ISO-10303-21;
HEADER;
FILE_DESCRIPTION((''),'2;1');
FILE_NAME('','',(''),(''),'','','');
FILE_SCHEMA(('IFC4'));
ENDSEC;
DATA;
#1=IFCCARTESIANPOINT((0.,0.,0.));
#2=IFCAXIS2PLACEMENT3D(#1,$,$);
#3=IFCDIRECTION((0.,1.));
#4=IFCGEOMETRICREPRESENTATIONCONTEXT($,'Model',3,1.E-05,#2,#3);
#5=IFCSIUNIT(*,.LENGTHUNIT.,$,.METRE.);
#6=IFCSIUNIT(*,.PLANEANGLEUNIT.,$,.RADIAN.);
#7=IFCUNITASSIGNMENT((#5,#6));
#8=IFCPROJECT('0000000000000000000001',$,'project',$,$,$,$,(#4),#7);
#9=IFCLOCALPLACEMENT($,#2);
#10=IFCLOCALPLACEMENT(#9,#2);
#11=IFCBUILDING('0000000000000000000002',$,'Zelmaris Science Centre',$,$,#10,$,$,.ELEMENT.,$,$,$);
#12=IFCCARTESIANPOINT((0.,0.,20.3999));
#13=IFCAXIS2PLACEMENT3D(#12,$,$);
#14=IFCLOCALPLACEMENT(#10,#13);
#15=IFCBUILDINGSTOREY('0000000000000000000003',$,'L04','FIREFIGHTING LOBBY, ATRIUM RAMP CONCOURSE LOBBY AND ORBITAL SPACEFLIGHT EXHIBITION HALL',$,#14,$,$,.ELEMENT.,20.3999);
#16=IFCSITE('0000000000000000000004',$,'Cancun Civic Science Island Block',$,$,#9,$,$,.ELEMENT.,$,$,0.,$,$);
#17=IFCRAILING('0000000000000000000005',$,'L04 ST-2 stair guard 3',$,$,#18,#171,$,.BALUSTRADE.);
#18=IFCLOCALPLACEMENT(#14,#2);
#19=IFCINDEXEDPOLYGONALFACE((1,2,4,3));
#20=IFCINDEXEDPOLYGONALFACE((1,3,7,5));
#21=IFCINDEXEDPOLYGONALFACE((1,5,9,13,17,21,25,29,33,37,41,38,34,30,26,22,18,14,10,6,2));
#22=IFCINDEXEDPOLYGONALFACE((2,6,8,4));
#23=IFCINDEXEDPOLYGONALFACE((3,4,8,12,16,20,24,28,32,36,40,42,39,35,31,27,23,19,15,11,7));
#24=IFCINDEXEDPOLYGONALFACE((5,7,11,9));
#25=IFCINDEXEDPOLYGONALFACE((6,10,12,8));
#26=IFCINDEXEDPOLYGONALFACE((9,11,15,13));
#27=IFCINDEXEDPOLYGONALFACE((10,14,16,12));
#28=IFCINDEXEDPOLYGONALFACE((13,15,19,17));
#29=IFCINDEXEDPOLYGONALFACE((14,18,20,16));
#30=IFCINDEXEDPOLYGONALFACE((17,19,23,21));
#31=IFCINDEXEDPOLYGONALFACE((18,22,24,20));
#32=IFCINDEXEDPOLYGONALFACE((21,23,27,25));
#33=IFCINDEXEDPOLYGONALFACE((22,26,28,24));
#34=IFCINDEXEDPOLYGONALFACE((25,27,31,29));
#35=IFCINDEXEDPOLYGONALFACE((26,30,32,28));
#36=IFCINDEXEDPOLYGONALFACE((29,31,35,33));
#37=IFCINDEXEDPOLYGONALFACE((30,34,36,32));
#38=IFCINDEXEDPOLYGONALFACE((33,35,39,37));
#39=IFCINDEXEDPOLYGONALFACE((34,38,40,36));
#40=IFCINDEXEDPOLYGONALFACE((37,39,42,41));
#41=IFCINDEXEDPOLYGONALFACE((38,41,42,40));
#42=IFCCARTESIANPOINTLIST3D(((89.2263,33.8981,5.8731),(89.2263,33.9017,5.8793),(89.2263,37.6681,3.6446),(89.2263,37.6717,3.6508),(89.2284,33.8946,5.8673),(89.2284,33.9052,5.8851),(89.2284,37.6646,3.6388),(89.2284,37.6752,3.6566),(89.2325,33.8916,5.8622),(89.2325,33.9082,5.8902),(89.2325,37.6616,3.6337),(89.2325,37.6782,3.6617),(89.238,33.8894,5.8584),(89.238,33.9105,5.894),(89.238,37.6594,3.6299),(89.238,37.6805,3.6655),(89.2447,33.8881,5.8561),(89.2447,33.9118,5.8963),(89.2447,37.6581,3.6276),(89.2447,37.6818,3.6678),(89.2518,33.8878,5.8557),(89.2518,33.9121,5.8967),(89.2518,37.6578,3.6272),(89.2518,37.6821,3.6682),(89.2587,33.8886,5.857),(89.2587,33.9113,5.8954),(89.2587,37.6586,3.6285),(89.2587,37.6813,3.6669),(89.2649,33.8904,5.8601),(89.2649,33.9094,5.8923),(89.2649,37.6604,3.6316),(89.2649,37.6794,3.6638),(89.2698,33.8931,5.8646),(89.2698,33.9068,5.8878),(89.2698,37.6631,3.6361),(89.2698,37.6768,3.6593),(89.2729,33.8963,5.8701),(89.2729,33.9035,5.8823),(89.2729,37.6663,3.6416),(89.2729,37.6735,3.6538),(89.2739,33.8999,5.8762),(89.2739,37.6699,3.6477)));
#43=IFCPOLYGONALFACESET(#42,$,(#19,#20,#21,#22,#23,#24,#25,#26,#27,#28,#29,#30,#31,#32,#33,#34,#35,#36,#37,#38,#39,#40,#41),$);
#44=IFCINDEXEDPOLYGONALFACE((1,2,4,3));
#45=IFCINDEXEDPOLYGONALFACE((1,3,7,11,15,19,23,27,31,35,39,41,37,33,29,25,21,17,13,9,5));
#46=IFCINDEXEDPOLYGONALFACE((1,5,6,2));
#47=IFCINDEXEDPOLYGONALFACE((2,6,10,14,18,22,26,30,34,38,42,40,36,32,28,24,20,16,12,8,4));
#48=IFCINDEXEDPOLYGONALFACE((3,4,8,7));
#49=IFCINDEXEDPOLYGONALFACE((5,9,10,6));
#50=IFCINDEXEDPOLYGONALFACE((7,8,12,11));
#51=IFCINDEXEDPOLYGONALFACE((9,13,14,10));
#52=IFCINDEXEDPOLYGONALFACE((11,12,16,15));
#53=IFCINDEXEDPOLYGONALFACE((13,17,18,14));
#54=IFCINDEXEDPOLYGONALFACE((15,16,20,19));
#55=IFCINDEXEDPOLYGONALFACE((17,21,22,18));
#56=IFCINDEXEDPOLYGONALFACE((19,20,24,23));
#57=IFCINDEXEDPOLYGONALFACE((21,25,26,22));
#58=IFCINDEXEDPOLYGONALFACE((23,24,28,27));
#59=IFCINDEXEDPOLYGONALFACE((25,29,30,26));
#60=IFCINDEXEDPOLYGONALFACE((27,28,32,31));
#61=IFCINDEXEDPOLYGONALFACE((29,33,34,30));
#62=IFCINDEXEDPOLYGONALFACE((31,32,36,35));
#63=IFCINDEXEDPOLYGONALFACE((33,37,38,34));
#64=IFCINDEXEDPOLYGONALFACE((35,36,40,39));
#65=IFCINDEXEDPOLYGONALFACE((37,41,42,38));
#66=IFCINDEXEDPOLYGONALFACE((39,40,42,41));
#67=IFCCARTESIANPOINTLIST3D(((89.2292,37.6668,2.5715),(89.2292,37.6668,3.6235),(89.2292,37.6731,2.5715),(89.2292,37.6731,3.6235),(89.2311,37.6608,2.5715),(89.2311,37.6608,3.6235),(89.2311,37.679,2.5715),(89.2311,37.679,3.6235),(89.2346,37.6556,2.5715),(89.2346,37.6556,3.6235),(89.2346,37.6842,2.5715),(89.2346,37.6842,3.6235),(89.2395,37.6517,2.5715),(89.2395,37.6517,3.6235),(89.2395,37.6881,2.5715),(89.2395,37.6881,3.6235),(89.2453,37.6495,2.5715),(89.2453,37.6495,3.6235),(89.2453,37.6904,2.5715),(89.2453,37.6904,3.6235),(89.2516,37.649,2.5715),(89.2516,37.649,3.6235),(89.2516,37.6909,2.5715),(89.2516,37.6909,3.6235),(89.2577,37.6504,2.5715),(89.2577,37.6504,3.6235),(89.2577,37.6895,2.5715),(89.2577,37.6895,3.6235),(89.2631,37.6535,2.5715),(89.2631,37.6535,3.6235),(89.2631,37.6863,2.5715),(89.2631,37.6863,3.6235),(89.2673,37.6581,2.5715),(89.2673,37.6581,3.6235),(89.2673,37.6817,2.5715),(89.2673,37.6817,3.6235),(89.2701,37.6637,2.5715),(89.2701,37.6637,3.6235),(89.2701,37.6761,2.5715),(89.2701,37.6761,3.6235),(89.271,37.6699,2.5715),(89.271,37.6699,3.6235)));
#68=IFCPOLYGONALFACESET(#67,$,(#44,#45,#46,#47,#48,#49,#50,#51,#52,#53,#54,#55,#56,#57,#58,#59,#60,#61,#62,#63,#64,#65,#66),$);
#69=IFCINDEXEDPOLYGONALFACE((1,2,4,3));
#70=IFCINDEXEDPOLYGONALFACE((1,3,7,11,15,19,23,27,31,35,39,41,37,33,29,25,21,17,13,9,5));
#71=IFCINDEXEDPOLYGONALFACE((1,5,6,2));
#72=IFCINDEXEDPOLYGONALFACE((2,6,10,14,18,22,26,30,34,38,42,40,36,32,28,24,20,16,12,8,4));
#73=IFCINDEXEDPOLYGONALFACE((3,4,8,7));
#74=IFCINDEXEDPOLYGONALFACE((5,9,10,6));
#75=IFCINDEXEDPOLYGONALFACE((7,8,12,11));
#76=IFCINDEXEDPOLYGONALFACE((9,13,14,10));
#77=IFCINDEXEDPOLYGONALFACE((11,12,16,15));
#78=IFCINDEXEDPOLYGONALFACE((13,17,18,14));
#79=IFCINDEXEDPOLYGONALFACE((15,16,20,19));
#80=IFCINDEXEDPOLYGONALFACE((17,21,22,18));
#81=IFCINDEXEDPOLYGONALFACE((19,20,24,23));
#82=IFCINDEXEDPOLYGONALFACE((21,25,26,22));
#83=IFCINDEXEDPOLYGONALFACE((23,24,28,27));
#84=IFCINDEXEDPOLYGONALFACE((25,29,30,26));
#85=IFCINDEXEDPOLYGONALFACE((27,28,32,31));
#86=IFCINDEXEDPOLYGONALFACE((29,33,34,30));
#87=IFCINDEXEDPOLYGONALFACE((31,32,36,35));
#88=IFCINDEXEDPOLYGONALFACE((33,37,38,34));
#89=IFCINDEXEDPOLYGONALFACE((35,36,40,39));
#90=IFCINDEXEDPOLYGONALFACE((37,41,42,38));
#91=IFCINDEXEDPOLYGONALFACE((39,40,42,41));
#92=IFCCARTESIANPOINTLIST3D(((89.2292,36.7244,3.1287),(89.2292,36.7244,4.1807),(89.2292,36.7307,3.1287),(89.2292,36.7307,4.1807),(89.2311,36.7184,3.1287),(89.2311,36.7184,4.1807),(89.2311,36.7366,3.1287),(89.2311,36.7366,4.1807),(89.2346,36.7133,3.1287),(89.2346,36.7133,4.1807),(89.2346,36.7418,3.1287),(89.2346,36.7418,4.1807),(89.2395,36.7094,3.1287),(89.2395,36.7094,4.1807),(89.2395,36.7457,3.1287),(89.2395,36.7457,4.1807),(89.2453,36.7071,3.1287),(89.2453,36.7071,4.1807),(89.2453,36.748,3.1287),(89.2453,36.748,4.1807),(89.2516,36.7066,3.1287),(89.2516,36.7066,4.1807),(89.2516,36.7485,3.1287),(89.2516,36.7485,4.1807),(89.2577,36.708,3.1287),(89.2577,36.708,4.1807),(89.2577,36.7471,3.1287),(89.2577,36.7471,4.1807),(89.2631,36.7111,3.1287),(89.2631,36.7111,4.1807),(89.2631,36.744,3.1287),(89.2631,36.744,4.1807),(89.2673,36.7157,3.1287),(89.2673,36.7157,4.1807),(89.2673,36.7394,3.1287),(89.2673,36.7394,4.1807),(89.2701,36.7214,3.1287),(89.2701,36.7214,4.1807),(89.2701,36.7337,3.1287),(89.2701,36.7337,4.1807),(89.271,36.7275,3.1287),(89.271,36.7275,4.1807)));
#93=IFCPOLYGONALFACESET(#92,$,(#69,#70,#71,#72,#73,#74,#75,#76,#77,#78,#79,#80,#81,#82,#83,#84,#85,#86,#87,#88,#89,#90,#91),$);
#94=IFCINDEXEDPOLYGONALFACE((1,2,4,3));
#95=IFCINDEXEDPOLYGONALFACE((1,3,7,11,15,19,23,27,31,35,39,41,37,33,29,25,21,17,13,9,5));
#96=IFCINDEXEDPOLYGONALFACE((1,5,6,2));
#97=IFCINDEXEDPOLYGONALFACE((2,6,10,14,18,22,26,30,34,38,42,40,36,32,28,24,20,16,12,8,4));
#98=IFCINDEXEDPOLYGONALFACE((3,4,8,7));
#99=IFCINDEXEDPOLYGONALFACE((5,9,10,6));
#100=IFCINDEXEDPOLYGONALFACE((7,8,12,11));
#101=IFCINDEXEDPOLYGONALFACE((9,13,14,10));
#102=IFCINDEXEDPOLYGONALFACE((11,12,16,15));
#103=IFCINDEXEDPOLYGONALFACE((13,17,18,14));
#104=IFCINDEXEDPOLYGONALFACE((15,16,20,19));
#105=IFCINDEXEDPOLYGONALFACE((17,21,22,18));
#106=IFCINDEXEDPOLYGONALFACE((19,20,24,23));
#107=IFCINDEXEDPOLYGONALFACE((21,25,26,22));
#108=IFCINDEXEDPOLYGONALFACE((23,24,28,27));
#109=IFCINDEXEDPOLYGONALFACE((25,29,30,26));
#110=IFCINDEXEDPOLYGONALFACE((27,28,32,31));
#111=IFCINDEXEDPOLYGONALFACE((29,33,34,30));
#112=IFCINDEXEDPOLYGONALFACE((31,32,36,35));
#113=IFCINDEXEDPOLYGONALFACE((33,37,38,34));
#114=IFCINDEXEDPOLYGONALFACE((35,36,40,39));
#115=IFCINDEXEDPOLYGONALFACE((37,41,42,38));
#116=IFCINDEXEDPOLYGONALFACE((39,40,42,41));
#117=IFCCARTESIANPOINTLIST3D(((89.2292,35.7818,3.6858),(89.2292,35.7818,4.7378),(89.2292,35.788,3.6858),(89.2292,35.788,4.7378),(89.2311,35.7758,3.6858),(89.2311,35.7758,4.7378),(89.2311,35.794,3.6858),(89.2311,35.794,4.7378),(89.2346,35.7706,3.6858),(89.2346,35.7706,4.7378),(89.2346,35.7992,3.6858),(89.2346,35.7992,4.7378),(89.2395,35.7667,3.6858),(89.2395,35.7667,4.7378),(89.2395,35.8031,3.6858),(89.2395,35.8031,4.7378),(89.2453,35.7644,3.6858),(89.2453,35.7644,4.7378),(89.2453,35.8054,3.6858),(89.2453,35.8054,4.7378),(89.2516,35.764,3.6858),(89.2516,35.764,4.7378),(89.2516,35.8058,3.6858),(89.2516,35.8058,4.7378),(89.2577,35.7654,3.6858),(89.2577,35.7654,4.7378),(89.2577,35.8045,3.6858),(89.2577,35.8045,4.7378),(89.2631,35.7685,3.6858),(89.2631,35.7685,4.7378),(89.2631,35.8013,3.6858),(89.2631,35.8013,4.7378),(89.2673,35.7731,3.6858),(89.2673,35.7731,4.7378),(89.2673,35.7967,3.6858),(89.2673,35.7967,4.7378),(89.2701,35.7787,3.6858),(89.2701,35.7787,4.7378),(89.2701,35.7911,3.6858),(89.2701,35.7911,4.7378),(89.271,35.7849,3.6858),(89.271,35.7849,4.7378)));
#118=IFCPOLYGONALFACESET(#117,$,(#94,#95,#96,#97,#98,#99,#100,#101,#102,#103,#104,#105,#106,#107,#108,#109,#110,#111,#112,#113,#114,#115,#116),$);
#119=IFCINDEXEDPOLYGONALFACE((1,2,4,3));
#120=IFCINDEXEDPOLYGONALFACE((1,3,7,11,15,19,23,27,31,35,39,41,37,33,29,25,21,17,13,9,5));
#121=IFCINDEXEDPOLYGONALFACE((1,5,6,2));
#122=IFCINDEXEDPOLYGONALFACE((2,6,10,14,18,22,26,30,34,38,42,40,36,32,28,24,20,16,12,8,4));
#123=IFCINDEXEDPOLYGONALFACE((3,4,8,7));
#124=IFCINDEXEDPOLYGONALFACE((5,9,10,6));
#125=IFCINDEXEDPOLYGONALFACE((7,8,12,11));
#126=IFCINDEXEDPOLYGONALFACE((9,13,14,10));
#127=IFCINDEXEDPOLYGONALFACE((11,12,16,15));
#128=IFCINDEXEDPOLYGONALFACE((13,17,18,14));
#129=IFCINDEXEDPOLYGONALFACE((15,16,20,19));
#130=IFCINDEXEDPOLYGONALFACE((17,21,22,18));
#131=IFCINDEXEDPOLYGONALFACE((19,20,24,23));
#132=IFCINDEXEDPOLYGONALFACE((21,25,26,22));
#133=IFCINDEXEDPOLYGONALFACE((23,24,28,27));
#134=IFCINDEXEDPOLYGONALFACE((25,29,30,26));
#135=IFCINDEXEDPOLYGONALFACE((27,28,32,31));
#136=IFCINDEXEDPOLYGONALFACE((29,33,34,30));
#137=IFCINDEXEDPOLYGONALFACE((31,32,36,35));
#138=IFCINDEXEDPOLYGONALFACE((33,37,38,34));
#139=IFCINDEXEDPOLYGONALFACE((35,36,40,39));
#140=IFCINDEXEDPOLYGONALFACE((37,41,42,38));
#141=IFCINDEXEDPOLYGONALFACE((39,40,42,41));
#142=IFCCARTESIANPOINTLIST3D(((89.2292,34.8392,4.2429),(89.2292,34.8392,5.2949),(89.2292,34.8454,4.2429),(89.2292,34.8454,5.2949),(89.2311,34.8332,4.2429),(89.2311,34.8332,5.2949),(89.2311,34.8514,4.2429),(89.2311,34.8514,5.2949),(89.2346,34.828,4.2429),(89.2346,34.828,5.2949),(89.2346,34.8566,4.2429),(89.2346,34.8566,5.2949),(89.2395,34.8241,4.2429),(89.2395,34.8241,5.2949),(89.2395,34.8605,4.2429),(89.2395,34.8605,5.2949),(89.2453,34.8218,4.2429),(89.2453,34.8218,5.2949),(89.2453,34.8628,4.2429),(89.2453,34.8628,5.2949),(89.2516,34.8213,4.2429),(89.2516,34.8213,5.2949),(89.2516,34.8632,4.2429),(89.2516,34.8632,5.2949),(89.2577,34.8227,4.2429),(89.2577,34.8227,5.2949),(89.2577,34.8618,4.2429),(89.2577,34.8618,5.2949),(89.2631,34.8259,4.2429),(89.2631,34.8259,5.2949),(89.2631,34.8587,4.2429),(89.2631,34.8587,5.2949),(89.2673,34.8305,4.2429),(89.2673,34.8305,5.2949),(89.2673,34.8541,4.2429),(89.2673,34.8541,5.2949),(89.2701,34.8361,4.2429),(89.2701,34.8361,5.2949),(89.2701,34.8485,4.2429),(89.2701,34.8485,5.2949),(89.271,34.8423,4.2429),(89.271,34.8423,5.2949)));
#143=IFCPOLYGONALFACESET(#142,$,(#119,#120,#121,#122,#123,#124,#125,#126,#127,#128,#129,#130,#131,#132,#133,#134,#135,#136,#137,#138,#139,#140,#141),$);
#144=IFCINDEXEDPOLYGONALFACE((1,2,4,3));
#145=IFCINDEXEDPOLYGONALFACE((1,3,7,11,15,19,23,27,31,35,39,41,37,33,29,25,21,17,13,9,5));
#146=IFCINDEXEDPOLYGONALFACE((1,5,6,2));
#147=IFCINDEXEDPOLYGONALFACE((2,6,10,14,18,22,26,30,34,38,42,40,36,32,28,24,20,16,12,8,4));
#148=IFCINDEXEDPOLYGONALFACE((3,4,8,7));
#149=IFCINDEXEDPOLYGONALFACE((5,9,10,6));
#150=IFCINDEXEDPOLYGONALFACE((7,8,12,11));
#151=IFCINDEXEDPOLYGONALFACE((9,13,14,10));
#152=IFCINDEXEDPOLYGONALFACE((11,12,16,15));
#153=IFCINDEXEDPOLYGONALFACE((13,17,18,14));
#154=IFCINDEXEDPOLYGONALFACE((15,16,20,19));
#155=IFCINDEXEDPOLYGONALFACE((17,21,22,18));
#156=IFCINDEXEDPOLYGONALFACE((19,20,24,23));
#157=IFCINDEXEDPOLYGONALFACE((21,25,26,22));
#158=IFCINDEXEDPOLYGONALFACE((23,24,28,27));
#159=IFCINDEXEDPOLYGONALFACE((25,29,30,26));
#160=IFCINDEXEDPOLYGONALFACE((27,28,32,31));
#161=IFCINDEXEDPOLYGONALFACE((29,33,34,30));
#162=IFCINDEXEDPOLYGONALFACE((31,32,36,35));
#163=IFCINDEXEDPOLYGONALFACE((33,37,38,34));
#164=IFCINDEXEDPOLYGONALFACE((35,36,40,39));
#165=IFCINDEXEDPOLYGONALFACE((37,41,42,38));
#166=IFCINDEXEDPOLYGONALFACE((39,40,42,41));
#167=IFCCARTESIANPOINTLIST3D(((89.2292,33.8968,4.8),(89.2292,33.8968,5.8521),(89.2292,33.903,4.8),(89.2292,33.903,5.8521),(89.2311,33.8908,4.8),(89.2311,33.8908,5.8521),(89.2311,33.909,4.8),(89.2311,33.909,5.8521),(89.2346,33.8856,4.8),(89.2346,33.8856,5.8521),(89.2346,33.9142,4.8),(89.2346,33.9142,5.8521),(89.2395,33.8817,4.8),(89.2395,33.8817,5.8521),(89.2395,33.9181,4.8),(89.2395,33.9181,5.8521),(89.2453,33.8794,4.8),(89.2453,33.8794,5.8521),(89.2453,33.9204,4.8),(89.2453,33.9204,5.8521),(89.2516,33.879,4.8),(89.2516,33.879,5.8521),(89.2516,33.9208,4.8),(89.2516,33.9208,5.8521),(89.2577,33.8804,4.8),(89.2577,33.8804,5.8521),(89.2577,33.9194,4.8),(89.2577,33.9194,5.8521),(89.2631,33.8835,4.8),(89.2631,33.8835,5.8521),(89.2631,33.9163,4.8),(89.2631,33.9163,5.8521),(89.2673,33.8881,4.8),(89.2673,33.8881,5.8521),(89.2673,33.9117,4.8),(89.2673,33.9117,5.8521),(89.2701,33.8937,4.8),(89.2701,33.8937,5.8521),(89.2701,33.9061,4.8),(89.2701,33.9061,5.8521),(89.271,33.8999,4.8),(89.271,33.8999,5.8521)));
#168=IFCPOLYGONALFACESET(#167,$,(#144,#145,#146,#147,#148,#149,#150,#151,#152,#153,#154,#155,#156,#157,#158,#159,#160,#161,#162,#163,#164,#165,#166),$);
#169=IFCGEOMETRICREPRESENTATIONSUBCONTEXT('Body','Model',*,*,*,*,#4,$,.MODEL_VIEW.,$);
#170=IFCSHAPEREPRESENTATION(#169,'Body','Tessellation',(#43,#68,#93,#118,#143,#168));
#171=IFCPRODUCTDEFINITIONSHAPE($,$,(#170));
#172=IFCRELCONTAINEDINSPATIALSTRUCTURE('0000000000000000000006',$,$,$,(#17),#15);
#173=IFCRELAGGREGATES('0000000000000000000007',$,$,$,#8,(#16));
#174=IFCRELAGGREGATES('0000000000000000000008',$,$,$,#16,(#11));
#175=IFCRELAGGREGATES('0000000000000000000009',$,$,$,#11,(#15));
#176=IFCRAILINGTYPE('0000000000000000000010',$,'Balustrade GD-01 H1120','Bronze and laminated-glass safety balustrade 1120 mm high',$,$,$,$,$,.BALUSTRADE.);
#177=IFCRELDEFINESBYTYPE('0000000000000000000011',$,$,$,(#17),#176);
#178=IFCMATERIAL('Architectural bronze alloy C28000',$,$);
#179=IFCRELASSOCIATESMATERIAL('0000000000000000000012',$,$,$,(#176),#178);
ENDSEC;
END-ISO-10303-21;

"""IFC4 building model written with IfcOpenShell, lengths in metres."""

from ifc_helpers import new_model, si_unit, direction, frame, origin, origin_2d, place, context, subcontext, project, spatial, circle, extrude, material, type_object, element, save


model = new_model("IFC4")

# Units and contexts
model_context = context("Model", 3, precision=1e-05, world=origin(), true_north=direction((0.0, 1.0)))
body_context = subcontext(model_context, "Body", "Model", "MODEL_VIEW")
ifc_project = project(units=[si_unit("LENGTHUNIT", "METRE"), si_unit("PLANEANGLEUNIT", "RADIAN")], contexts=[model_context])

# Site, building, storey
site_placement = place(None, origin())
site = spatial("IfcSite", under=ifc_project, at=site_placement, Name="Cancun Civic Science Island Block", CompositionType="ELEMENT", RefElevation=0.0)
building_placement = place(site_placement, origin())
building = spatial("IfcBuilding", under=site, at=building_placement, Name="Zelmaris Science Centre", CompositionType="ELEMENT")
storey_placement = place(building_placement, frame((0.0, 0.0, 20.3999)))
storey = spatial("IfcBuildingStorey", under=building, at=storey_placement, Name="L04", Description="FIREFIGHTING LOBBY, ATRIUM RAMP CONCOURSE LOBBY AND ORBITAL SPACEFLIGHT EXHIBITION HALL", CompositionType="ELEMENT", Elevation=20.3999)

# Railing
ifc_material_1 = material(Name="Architectural bronze alloy C28000")
railing_type_1 = type_object("IfcRailingType", Name="Balustrade GD-01 H1120", Description="Bronze and laminated-glass safety balustrade 1120 mm high", PredefinedType="BALUSTRADE", material=ifc_material_1)
railing_1_placement = place(storey_placement, frame((89.25, 37.6699, 2.5715)))
element("IfcRailing", 1, at=railing_1_placement, inside=storey, type_object=railing_type_1, Name="L04 ST-2 stair guard 3", PredefinedType="BALUSTRADE", context=body_context, shape_type="SweptSolid", body=[
    extrude(circle(Radius=0.0239, at=origin_2d()), frame((0.0, 0.0, 1.0762), z_axis=(0.0, -0.860849, 0.508861), x_axis=(1.0, 0.0, 0.0)), (0.0, 0.0, 1.0), 4.3794),
    extrude(circle(Radius=0.021, at=origin_2d()), origin(), (0.0, 0.0, 1.0), 1.052),
    extrude(circle(Radius=0.021, at=origin_2d()), frame((0.0, -0.9424, 0.5571)), (0.0, 0.0, 1.0), 1.052),
    extrude(circle(Radius=0.021, at=origin_2d()), frame((0.0, -1.885, 1.1143)), (0.0, 0.0, 1.0), 1.052),
    extrude(circle(Radius=0.021, at=origin_2d()), frame((0.0, -2.8276, 1.6714)), (0.0, 0.0, 1.0), 1.052),
    extrude(circle(Radius=0.021, at=origin_2d()), frame((0.0, -3.77, 2.2285)), (0.0, 0.0, 1.0), 1.052),
])

save(model, "model.ifc")
